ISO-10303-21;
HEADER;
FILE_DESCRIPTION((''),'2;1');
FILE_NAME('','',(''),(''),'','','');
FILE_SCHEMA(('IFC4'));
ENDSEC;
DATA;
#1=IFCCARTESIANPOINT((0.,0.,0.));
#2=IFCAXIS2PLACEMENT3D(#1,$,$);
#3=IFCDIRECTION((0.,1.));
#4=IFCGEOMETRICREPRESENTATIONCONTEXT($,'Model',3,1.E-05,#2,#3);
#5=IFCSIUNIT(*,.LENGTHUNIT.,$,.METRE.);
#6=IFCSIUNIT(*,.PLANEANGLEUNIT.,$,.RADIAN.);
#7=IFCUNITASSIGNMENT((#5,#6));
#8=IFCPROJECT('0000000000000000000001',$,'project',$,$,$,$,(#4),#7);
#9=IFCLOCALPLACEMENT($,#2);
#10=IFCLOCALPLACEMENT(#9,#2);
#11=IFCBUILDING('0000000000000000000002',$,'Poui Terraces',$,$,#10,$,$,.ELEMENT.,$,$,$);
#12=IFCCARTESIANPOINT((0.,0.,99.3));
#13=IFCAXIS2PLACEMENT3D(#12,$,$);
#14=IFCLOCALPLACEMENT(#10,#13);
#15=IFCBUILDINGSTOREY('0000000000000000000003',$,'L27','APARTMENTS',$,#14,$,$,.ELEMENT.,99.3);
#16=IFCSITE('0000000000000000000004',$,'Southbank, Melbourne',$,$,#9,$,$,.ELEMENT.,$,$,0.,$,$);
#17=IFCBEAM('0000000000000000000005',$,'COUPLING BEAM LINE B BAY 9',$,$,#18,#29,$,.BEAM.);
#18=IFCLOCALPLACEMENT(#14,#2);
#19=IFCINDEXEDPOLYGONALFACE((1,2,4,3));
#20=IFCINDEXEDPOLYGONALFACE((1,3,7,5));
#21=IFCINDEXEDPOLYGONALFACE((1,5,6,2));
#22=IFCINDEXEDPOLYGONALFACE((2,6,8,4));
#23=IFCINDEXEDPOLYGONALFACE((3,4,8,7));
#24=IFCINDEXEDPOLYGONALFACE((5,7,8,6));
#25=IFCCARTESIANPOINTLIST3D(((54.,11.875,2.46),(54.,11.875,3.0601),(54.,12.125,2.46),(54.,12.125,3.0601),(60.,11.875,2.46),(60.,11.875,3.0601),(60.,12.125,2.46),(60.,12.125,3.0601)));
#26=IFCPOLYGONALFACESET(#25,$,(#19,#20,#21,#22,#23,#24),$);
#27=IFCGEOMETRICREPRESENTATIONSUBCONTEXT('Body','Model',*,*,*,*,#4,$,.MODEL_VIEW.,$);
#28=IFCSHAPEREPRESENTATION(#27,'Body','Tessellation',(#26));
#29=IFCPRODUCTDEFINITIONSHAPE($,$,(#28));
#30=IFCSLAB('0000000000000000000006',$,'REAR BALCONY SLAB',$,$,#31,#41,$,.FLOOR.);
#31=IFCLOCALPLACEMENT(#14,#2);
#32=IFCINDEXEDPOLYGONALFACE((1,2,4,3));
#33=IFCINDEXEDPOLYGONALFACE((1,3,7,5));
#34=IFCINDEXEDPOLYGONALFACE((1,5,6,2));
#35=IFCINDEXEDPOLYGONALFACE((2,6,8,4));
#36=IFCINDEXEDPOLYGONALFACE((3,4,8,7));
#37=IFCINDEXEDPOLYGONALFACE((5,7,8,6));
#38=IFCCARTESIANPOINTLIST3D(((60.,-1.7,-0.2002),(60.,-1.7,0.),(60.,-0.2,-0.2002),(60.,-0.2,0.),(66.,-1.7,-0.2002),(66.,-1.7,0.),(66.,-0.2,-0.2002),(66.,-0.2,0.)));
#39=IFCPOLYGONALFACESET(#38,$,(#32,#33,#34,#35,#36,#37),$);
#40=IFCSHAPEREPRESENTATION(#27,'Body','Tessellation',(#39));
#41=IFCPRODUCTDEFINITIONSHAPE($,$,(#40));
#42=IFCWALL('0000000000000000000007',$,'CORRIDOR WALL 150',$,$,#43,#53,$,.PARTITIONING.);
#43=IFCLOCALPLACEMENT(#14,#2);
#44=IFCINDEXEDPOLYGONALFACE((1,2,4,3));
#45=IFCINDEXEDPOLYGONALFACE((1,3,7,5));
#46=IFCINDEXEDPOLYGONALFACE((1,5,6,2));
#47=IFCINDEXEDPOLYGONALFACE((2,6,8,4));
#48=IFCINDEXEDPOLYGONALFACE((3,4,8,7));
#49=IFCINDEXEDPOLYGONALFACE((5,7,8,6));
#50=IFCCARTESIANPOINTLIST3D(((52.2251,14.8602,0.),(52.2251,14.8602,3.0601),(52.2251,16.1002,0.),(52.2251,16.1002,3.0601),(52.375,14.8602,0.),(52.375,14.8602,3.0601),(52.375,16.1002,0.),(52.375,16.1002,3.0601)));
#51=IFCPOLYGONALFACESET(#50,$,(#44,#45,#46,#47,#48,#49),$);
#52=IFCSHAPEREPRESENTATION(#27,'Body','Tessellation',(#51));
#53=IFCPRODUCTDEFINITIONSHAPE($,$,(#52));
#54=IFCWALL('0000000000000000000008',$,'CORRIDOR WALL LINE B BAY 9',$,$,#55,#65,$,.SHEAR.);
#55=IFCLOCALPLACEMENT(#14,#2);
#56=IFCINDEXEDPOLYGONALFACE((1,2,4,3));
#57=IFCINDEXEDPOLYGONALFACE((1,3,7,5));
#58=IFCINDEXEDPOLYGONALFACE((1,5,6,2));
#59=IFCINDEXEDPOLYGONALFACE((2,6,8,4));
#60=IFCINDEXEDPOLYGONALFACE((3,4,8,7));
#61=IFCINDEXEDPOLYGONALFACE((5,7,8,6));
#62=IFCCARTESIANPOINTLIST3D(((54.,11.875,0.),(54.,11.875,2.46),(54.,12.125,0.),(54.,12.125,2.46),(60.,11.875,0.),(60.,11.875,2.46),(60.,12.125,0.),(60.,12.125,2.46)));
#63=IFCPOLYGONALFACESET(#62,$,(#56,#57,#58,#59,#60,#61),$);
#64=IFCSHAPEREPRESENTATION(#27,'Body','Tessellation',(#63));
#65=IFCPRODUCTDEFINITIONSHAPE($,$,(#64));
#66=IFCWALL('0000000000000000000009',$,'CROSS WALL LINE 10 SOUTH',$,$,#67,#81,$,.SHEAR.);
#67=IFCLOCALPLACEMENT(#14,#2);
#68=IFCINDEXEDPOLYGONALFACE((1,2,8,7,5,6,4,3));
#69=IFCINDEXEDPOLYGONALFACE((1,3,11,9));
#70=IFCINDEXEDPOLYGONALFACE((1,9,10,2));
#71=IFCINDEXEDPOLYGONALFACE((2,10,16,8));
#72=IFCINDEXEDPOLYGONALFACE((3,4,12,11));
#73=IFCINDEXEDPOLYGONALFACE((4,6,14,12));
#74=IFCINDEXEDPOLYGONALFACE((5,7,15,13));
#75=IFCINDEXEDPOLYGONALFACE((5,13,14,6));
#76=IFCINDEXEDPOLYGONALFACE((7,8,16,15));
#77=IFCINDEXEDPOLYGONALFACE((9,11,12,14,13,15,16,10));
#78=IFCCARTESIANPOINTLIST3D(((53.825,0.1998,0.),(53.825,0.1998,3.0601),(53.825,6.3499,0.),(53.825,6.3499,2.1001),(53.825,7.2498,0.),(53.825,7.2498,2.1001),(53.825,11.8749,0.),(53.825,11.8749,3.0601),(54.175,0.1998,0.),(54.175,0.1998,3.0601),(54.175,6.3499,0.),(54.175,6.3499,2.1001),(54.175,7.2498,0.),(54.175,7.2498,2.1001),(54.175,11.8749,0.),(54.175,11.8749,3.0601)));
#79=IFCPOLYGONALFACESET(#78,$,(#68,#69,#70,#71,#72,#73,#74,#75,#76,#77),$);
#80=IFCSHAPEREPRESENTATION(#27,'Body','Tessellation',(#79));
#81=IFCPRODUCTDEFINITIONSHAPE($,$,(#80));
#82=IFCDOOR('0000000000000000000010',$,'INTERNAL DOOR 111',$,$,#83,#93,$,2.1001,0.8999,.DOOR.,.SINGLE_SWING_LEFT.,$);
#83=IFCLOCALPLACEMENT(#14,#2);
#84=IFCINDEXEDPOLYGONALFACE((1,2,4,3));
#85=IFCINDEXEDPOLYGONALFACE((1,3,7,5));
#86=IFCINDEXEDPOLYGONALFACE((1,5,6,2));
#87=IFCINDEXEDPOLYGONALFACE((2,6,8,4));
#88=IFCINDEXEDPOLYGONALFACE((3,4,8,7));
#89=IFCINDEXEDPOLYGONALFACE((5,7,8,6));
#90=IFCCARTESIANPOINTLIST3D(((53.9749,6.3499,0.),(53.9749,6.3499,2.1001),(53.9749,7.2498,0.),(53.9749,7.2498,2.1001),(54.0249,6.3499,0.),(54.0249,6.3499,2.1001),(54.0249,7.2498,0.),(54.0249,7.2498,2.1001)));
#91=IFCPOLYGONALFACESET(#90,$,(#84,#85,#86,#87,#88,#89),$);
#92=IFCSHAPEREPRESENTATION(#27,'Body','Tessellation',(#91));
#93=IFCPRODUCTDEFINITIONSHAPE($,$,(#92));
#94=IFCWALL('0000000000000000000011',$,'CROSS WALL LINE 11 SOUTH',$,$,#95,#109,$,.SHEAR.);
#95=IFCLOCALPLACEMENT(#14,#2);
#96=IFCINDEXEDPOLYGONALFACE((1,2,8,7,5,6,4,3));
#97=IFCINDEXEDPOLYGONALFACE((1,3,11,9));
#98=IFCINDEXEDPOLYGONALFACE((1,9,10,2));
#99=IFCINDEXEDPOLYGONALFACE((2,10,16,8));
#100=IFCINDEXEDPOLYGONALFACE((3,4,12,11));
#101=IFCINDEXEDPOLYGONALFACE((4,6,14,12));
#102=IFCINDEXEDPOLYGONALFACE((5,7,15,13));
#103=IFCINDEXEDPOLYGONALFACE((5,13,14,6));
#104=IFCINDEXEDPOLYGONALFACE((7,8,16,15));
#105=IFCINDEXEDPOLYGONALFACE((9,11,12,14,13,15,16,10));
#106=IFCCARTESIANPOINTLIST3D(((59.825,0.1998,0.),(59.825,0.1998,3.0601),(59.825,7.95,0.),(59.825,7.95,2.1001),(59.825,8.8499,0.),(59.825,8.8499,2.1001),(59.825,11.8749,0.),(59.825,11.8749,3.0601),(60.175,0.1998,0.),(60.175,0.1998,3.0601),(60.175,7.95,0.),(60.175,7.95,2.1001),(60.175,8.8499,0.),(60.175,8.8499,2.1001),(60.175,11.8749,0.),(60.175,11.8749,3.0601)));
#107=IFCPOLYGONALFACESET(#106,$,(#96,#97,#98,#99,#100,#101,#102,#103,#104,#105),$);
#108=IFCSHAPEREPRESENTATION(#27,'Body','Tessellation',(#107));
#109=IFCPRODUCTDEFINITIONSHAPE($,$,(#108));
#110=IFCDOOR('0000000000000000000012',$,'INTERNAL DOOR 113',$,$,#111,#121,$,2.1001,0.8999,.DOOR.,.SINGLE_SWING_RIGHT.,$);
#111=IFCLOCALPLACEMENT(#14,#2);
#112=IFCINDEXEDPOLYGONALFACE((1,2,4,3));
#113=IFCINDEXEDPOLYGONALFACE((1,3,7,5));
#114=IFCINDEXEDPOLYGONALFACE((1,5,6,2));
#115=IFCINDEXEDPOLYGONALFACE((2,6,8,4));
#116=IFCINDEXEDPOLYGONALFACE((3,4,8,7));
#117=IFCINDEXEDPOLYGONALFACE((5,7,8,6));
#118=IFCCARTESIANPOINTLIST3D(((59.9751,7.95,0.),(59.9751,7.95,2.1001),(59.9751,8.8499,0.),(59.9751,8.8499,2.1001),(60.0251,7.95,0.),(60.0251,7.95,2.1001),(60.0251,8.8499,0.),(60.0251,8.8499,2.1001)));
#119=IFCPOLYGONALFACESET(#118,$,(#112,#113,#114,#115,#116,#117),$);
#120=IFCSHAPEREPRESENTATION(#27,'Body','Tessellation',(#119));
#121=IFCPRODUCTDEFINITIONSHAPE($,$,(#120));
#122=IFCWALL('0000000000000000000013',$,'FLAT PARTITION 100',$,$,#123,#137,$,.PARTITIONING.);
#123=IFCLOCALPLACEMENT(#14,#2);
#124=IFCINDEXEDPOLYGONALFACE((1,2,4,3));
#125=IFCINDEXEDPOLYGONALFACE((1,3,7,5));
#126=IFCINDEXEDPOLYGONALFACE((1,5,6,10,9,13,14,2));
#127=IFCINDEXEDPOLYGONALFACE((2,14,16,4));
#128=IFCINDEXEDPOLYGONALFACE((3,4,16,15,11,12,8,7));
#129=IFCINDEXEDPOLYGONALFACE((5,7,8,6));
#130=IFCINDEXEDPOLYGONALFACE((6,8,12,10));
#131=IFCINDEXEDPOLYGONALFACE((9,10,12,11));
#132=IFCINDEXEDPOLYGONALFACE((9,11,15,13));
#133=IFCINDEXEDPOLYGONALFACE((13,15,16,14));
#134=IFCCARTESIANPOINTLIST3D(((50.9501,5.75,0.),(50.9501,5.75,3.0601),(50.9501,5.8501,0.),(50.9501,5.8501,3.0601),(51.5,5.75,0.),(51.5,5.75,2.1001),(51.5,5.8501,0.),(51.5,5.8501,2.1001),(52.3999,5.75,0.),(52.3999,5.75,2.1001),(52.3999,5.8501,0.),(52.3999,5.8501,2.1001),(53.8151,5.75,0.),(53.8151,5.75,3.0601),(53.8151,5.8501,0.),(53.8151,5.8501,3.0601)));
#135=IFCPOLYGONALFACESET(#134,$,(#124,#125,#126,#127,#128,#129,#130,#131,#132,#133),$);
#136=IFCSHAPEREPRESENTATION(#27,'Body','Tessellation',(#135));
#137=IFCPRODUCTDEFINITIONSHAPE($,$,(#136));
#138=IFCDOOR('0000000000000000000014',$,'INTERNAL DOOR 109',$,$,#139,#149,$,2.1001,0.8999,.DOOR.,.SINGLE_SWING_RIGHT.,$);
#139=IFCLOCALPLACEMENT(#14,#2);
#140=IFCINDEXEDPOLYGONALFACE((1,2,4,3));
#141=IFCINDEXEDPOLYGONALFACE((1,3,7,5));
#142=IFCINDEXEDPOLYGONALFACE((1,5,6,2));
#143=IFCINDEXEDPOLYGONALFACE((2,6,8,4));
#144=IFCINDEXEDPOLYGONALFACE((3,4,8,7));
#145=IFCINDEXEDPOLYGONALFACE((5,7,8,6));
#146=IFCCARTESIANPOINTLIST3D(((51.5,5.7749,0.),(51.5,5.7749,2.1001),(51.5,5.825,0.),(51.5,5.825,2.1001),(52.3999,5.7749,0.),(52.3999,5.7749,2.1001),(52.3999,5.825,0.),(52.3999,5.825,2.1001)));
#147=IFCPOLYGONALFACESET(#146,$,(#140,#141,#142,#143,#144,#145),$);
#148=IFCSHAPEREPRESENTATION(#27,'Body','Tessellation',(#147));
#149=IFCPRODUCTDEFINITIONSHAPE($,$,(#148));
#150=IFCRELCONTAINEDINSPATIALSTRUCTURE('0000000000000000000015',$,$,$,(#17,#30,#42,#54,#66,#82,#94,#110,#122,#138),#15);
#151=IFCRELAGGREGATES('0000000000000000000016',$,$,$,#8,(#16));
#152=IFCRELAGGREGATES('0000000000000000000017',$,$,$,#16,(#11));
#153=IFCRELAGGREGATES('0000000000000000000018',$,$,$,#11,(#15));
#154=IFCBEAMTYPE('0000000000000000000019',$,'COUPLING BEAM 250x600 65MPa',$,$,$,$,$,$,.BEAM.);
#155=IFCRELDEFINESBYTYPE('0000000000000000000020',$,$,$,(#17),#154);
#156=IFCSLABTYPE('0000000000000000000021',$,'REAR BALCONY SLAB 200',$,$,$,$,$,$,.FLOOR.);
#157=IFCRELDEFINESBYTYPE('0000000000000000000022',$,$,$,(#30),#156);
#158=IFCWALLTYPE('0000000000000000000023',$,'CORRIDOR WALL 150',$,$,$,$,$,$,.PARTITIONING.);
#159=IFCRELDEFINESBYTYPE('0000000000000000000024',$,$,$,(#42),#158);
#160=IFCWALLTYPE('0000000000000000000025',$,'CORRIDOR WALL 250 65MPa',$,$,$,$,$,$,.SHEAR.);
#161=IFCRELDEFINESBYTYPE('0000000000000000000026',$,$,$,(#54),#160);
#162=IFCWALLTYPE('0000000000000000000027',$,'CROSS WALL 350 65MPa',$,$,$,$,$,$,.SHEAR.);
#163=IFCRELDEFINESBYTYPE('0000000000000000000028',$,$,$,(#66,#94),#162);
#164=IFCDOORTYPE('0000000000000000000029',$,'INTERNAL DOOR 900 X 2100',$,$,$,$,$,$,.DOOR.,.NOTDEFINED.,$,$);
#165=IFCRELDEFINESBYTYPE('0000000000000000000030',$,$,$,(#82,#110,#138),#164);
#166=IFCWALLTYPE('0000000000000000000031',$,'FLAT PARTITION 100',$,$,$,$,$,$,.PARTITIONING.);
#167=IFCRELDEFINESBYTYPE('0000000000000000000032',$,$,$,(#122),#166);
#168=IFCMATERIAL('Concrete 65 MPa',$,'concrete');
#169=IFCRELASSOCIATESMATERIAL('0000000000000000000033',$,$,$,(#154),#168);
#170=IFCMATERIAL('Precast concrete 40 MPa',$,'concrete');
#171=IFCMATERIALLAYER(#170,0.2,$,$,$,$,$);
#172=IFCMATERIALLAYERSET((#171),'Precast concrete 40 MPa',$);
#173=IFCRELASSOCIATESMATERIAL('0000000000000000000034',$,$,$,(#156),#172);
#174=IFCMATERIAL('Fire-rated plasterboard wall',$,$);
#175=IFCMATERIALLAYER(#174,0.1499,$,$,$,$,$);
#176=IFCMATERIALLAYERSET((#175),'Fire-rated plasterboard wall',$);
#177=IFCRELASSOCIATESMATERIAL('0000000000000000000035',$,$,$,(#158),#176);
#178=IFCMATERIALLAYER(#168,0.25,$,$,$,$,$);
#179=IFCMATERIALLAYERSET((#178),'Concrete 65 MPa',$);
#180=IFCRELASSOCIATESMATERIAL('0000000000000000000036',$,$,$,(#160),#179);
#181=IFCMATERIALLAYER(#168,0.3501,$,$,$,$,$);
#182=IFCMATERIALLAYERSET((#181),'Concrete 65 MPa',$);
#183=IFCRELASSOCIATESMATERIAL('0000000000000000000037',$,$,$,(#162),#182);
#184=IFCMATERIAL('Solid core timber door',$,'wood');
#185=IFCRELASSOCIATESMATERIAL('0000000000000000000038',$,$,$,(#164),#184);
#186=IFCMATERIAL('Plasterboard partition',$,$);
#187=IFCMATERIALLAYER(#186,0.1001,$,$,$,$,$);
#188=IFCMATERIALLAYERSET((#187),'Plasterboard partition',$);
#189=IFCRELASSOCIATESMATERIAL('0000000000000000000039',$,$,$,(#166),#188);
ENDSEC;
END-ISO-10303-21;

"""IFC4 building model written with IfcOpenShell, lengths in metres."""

from ifc_helpers import new_model, si_unit, direction, frame, frame_2d, origin, origin_2d, place, context, subcontext, project, spatial, polyline, rectangle, outline, extrude, source, transform, mapped, material, layer, layer_set, material_profile, profile_set, type_object, element, fill, save


model = new_model("IFC4")

# Units and contexts
model_context = context("Model", 3, precision=1e-05, world=origin(), true_north=direction((0.0, 1.0)))
body_context = subcontext(model_context, "Body", "Model", "MODEL_VIEW")
ifc_project = project(units=[si_unit("LENGTHUNIT", "METRE"), si_unit("PLANEANGLEUNIT", "RADIAN")], contexts=[model_context])

# Site, building, storey
site_placement = place(None, origin())
site = spatial("IfcSite", under=ifc_project, at=site_placement, Name="Southbank, Melbourne", CompositionType="ELEMENT", RefElevation=0.0)
building_placement = place(site_placement, origin())
building = spatial("IfcBuilding", under=site, at=building_placement, Name="Poui Terraces", CompositionType="ELEMENT")
storey_placement = place(building_placement, frame((0.0, 0.0, 99.3)))
storey = spatial("IfcBuildingStorey", under=building, at=storey_placement, Name="L27", Description="APARTMENTS", CompositionType="ELEMENT", Elevation=99.3)

# Beam
ifc_material_1 = material(Name="Concrete 65 MPa", Category="concrete")
ifc_material_profile_1 = material_profile(ifc_material_1, rectangle(XDim=0.25, YDim=0.6001, at=origin_2d()), Name="RC 250x600")
ifc_profile_set_1 = profile_set([ifc_material_profile_1], Name="Concrete 65 MPa")
beam_type = type_object("IfcBeamType", Name="COUPLING BEAM 250x600 65MPa", PredefinedType="BEAM", material=ifc_profile_set_1)
shared_shape_1 = source(origin(), body_context, "Body", "SweptSolid", [
    extrude(rectangle(XDim=0.25, YDim=0.6001, at=origin_2d()), origin(), (0.0, 0.0, 1.0), 6.0),
])
beam_placement = place(storey_placement, frame((54.0, 12.0, 2.76), z_axis=(1.0, 0.0, 0.0), x_axis=(0.0, 1.0, 0.0)))
element("IfcBeam", 1, at=beam_placement, inside=storey, type_object=beam_type, Name="COUPLING BEAM LINE B BAY 9", PredefinedType="BEAM", context=body_context, shape_type="MappedRepresentation", body=[
    mapped(shared_shape_1, transform((0.0, 0.0, 0.0))),
])

# Slab
ifc_material_2 = material(Name="Precast concrete 40 MPa", Category="concrete")
ifc_layer_1 = layer(ifc_material_2, 0.2)
ifc_layer_set_1 = layer_set([ifc_layer_1], Name="Precast concrete 40 MPa")
slab_type = type_object("IfcSlabType", Name="REAR BALCONY SLAB 200", PredefinedType="FLOOR", material=ifc_layer_set_1)
shared_shape_2 = source(origin(), body_context, "Body", "SweptSolid", [
    extrude(outline(polyline([(0.0, 0.0), (6.0, 0.0), (6.0, 1.5), (0.0, 1.5), (0.0, 0.0)])), origin(), (0.0, 0.0, 1.0), 0.2002),
])
slab_placement = place(storey_placement, frame((60.0, -1.7, -0.2002)))
element("IfcSlab", 2, at=slab_placement, inside=storey, type_object=slab_type, Name="REAR BALCONY SLAB", PredefinedType="FLOOR", context=body_context, shape_type="MappedRepresentation", body=[
    mapped(shared_shape_2, transform((0.0, 0.0, 0.0))),
])

# Walls
ifc_material_3 = material(Name="Fire-rated plasterboard wall")
ifc_layer_2 = layer(ifc_material_3, 0.1499)
ifc_layer_set_2 = layer_set([ifc_layer_2], Name="Fire-rated plasterboard wall")
wall_type_1 = type_object("IfcWallType", Name="CORRIDOR WALL 150", PredefinedType="PARTITIONING", material=ifc_layer_set_2)
wall_1_placement = place(storey_placement, frame((52.3, 14.8601, 0.0), z_axis=(0.0, 0.0, 1.0), x_axis=(0.0, 1.0, 0.0)))
element("IfcWall", 3, at=wall_1_placement, inside=storey, type_object=wall_type_1, Name="CORRIDOR WALL 150", PredefinedType="PARTITIONING", context=body_context, shape_type="SweptSolid", body=[
    extrude(rectangle(XDim=1.24, YDim=0.1499, at=frame_2d((0.6201, 0.0))), origin(), (0.0, 0.0, 1.0), 3.0601),
])
ifc_layer_3 = layer(ifc_material_1, 0.25)
ifc_layer_set_3 = layer_set([ifc_layer_3], Name="Concrete 65 MPa")
wall_type_2 = type_object("IfcWallType", Name="CORRIDOR WALL 250 65MPa", PredefinedType="SHEAR", material=ifc_layer_set_3)
wall_2_placement = place(storey_placement, frame((54.0, 12.0, 0.0), z_axis=(0.0, 0.0, 1.0), x_axis=(1.0, 0.0, 0.0)))
element("IfcWall", 4, at=wall_2_placement, inside=storey, type_object=wall_type_2, Name="CORRIDOR WALL LINE B BAY 9", PredefinedType="SHEAR", context=body_context, shape_type="SweptSolid", body=[
    extrude(rectangle(XDim=6.0, YDim=0.25, at=frame_2d((3.0, 0.0))), origin(), (0.0, 0.0, 1.0), 2.46),
])

# Walls, openings, doors
ifc_layer_4 = layer(ifc_material_1, 0.3501)
ifc_layer_set_4 = layer_set([ifc_layer_4], Name="Concrete 65 MPa")
wall_type_3 = type_object("IfcWallType", Name="CROSS WALL 350 65MPa", PredefinedType="SHEAR", material=ifc_layer_set_4)
wall_3_placement = place(storey_placement, frame((54.0, 0.2, 0.0), z_axis=(0.0, 0.0, 1.0), x_axis=(0.0, 1.0, 0.0)))
wall_3 = element("IfcWall", 5, at=wall_3_placement, inside=storey, type_object=wall_type_3, Name="CROSS WALL LINE 10 SOUTH", PredefinedType="SHEAR", context=body_context, shape_type="SweptSolid", body=[
    extrude(rectangle(XDim=11.675, YDim=0.3501, at=frame_2d((5.8374, 0.0))), origin(), (0.0, 0.0, 1.0), 3.0601),
])
opening_1_placement = place(wall_3_placement, frame((6.1499, 0.0, 0.0)))
opening_1 = element("IfcOpeningElement", 6, at=opening_1_placement, cuts=wall_3, PredefinedType="OPENING", context=body_context, shape_type="SweptSolid", body=[
    extrude(rectangle(XDim=0.8999, YDim=2.1001, at=frame_2d((0.45, 1.05))), frame((0.0, 0.1851, 0.0), z_axis=(0.0, -1.0, 0.0), x_axis=(1.0, 0.0, 0.0)), (0.0, 0.0, 1.0), 0.3701),
])
ifc_material_4 = material(Name="Solid core timber door", Category="wood")
door_type_1 = type_object("IfcDoorType", Name="INTERNAL DOOR 900 X 2100", OperationType="NOTDEFINED", PredefinedType="DOOR", material=ifc_material_4)
door_1_placement = place(opening_1_placement, frame((0.8999, 0.0, 0.0), z_axis=(0.0, 0.0, 1.0), x_axis=(-1.0, 0.0, 0.0)))
door_1 = element("IfcDoor", 7, at=door_1_placement, inside=storey, type_object=door_type_1, Name="INTERNAL DOOR 111", OperationType="SINGLE_SWING_LEFT", OverallHeight=2.1001, OverallWidth=0.8999, PredefinedType="DOOR", context=body_context, shape_type="SweptSolid", body=[
    extrude(rectangle(XDim=0.8999, YDim=2.1001, at=frame_2d((0.45, 1.05))), frame((0.0, 0.0249, 0.0), z_axis=(0.0, -1.0, 0.0), x_axis=(1.0, 0.0, 0.0)), (0.0, 0.0, 1.0), 0.05),
])
fill(opening_1, door_1)
wall_4_placement = place(storey_placement, frame((60.0, 0.2, 0.0), z_axis=(0.0, 0.0, 1.0), x_axis=(0.0, 1.0, 0.0)))
wall_4 = element("IfcWall", 8, at=wall_4_placement, inside=storey, type_object=wall_type_3, Name="CROSS WALL LINE 11 SOUTH", PredefinedType="SHEAR", context=body_context, shape_type="SweptSolid", body=[
    extrude(rectangle(XDim=11.675, YDim=0.3501, at=frame_2d((5.8374, 0.0))), origin(), (0.0, 0.0, 1.0), 3.0601),
])
opening_2_placement = place(wall_4_placement, frame((7.75, 0.0, 0.0)))
opening_2 = element("IfcOpeningElement", 9, at=opening_2_placement, cuts=wall_4, PredefinedType="OPENING", context=body_context, shape_type="SweptSolid", body=[
    extrude(rectangle(XDim=0.8999, YDim=2.1001, at=frame_2d((0.45, 1.05))), frame((0.0, 0.1851, 0.0), z_axis=(0.0, -1.0, 0.0), x_axis=(1.0, 0.0, 0.0)), (0.0, 0.0, 1.0), 0.3701),
])
door_2_placement = place(opening_2_placement, origin())
door_2 = element("IfcDoor", 10, at=door_2_placement, inside=storey, type_object=door_type_1, Name="INTERNAL DOOR 113", OperationType="SINGLE_SWING_RIGHT", OverallHeight=2.1001, OverallWidth=0.8999, PredefinedType="DOOR", context=body_context, shape_type="SweptSolid", body=[
    extrude(rectangle(XDim=0.8999, YDim=2.1001, at=frame_2d((0.45, 1.05))), frame((0.0, 0.0249, 0.0), z_axis=(0.0, -1.0, 0.0), x_axis=(1.0, 0.0, 0.0)), (0.0, 0.0, 1.0), 0.05),
])
fill(opening_2, door_2)
ifc_material_5 = material(Name="Plasterboard partition")
ifc_layer_5 = layer(ifc_material_5, 0.1001)
ifc_layer_set_5 = layer_set([ifc_layer_5], Name="Plasterboard partition")
wall_type_4 = type_object("IfcWallType", Name="FLAT PARTITION 100", PredefinedType="PARTITIONING", material=ifc_layer_set_5)
wall_5_placement = place(storey_placement, frame((50.95, 5.8, 0.0), z_axis=(0.0, 0.0, 1.0), x_axis=(1.0, 0.0, 0.0)))
wall_5 = element("IfcWall", 11, at=wall_5_placement, inside=storey, type_object=wall_type_4, Name="FLAT PARTITION 100", PredefinedType="PARTITIONING", context=body_context, shape_type="SweptSolid", body=[
    extrude(rectangle(XDim=2.865, YDim=0.1001, at=frame_2d((1.4326, 0.0))), origin(), (0.0, 0.0, 1.0), 3.0601),
])
opening_3_placement = place(wall_5_placement, frame((0.55, 0.0, 0.0)))
opening_3 = element("IfcOpeningElement", 12, at=opening_3_placement, cuts=wall_5, PredefinedType="OPENING", context=body_context, shape_type="SweptSolid", body=[
    extrude(rectangle(XDim=0.8999, YDim=2.1001, at=frame_2d((0.45, 1.05))), frame((0.0, 0.0601, 0.0), z_axis=(0.0, -1.0, 0.0), x_axis=(1.0, 0.0, 0.0)), (0.0, 0.0, 1.0), 0.1201),
])
door_3_placement = place(opening_3_placement, origin())
door_3 = element("IfcDoor", 13, at=door_3_placement, inside=storey, type_object=door_type_1, Name="INTERNAL DOOR 109", OperationType="SINGLE_SWING_RIGHT", OverallHeight=2.1001, OverallWidth=0.8999, PredefinedType="DOOR", context=body_context, shape_type="SweptSolid", body=[
    extrude(rectangle(XDim=0.8999, YDim=2.1001, at=frame_2d((0.45, 1.05))), frame((0.0, 0.0249, 0.0), z_axis=(0.0, -1.0, 0.0), x_axis=(1.0, 0.0, 0.0)), (0.0, 0.0, 1.0), 0.05),
])
fill(opening_3, door_3)

save(model, "model.ifc")
